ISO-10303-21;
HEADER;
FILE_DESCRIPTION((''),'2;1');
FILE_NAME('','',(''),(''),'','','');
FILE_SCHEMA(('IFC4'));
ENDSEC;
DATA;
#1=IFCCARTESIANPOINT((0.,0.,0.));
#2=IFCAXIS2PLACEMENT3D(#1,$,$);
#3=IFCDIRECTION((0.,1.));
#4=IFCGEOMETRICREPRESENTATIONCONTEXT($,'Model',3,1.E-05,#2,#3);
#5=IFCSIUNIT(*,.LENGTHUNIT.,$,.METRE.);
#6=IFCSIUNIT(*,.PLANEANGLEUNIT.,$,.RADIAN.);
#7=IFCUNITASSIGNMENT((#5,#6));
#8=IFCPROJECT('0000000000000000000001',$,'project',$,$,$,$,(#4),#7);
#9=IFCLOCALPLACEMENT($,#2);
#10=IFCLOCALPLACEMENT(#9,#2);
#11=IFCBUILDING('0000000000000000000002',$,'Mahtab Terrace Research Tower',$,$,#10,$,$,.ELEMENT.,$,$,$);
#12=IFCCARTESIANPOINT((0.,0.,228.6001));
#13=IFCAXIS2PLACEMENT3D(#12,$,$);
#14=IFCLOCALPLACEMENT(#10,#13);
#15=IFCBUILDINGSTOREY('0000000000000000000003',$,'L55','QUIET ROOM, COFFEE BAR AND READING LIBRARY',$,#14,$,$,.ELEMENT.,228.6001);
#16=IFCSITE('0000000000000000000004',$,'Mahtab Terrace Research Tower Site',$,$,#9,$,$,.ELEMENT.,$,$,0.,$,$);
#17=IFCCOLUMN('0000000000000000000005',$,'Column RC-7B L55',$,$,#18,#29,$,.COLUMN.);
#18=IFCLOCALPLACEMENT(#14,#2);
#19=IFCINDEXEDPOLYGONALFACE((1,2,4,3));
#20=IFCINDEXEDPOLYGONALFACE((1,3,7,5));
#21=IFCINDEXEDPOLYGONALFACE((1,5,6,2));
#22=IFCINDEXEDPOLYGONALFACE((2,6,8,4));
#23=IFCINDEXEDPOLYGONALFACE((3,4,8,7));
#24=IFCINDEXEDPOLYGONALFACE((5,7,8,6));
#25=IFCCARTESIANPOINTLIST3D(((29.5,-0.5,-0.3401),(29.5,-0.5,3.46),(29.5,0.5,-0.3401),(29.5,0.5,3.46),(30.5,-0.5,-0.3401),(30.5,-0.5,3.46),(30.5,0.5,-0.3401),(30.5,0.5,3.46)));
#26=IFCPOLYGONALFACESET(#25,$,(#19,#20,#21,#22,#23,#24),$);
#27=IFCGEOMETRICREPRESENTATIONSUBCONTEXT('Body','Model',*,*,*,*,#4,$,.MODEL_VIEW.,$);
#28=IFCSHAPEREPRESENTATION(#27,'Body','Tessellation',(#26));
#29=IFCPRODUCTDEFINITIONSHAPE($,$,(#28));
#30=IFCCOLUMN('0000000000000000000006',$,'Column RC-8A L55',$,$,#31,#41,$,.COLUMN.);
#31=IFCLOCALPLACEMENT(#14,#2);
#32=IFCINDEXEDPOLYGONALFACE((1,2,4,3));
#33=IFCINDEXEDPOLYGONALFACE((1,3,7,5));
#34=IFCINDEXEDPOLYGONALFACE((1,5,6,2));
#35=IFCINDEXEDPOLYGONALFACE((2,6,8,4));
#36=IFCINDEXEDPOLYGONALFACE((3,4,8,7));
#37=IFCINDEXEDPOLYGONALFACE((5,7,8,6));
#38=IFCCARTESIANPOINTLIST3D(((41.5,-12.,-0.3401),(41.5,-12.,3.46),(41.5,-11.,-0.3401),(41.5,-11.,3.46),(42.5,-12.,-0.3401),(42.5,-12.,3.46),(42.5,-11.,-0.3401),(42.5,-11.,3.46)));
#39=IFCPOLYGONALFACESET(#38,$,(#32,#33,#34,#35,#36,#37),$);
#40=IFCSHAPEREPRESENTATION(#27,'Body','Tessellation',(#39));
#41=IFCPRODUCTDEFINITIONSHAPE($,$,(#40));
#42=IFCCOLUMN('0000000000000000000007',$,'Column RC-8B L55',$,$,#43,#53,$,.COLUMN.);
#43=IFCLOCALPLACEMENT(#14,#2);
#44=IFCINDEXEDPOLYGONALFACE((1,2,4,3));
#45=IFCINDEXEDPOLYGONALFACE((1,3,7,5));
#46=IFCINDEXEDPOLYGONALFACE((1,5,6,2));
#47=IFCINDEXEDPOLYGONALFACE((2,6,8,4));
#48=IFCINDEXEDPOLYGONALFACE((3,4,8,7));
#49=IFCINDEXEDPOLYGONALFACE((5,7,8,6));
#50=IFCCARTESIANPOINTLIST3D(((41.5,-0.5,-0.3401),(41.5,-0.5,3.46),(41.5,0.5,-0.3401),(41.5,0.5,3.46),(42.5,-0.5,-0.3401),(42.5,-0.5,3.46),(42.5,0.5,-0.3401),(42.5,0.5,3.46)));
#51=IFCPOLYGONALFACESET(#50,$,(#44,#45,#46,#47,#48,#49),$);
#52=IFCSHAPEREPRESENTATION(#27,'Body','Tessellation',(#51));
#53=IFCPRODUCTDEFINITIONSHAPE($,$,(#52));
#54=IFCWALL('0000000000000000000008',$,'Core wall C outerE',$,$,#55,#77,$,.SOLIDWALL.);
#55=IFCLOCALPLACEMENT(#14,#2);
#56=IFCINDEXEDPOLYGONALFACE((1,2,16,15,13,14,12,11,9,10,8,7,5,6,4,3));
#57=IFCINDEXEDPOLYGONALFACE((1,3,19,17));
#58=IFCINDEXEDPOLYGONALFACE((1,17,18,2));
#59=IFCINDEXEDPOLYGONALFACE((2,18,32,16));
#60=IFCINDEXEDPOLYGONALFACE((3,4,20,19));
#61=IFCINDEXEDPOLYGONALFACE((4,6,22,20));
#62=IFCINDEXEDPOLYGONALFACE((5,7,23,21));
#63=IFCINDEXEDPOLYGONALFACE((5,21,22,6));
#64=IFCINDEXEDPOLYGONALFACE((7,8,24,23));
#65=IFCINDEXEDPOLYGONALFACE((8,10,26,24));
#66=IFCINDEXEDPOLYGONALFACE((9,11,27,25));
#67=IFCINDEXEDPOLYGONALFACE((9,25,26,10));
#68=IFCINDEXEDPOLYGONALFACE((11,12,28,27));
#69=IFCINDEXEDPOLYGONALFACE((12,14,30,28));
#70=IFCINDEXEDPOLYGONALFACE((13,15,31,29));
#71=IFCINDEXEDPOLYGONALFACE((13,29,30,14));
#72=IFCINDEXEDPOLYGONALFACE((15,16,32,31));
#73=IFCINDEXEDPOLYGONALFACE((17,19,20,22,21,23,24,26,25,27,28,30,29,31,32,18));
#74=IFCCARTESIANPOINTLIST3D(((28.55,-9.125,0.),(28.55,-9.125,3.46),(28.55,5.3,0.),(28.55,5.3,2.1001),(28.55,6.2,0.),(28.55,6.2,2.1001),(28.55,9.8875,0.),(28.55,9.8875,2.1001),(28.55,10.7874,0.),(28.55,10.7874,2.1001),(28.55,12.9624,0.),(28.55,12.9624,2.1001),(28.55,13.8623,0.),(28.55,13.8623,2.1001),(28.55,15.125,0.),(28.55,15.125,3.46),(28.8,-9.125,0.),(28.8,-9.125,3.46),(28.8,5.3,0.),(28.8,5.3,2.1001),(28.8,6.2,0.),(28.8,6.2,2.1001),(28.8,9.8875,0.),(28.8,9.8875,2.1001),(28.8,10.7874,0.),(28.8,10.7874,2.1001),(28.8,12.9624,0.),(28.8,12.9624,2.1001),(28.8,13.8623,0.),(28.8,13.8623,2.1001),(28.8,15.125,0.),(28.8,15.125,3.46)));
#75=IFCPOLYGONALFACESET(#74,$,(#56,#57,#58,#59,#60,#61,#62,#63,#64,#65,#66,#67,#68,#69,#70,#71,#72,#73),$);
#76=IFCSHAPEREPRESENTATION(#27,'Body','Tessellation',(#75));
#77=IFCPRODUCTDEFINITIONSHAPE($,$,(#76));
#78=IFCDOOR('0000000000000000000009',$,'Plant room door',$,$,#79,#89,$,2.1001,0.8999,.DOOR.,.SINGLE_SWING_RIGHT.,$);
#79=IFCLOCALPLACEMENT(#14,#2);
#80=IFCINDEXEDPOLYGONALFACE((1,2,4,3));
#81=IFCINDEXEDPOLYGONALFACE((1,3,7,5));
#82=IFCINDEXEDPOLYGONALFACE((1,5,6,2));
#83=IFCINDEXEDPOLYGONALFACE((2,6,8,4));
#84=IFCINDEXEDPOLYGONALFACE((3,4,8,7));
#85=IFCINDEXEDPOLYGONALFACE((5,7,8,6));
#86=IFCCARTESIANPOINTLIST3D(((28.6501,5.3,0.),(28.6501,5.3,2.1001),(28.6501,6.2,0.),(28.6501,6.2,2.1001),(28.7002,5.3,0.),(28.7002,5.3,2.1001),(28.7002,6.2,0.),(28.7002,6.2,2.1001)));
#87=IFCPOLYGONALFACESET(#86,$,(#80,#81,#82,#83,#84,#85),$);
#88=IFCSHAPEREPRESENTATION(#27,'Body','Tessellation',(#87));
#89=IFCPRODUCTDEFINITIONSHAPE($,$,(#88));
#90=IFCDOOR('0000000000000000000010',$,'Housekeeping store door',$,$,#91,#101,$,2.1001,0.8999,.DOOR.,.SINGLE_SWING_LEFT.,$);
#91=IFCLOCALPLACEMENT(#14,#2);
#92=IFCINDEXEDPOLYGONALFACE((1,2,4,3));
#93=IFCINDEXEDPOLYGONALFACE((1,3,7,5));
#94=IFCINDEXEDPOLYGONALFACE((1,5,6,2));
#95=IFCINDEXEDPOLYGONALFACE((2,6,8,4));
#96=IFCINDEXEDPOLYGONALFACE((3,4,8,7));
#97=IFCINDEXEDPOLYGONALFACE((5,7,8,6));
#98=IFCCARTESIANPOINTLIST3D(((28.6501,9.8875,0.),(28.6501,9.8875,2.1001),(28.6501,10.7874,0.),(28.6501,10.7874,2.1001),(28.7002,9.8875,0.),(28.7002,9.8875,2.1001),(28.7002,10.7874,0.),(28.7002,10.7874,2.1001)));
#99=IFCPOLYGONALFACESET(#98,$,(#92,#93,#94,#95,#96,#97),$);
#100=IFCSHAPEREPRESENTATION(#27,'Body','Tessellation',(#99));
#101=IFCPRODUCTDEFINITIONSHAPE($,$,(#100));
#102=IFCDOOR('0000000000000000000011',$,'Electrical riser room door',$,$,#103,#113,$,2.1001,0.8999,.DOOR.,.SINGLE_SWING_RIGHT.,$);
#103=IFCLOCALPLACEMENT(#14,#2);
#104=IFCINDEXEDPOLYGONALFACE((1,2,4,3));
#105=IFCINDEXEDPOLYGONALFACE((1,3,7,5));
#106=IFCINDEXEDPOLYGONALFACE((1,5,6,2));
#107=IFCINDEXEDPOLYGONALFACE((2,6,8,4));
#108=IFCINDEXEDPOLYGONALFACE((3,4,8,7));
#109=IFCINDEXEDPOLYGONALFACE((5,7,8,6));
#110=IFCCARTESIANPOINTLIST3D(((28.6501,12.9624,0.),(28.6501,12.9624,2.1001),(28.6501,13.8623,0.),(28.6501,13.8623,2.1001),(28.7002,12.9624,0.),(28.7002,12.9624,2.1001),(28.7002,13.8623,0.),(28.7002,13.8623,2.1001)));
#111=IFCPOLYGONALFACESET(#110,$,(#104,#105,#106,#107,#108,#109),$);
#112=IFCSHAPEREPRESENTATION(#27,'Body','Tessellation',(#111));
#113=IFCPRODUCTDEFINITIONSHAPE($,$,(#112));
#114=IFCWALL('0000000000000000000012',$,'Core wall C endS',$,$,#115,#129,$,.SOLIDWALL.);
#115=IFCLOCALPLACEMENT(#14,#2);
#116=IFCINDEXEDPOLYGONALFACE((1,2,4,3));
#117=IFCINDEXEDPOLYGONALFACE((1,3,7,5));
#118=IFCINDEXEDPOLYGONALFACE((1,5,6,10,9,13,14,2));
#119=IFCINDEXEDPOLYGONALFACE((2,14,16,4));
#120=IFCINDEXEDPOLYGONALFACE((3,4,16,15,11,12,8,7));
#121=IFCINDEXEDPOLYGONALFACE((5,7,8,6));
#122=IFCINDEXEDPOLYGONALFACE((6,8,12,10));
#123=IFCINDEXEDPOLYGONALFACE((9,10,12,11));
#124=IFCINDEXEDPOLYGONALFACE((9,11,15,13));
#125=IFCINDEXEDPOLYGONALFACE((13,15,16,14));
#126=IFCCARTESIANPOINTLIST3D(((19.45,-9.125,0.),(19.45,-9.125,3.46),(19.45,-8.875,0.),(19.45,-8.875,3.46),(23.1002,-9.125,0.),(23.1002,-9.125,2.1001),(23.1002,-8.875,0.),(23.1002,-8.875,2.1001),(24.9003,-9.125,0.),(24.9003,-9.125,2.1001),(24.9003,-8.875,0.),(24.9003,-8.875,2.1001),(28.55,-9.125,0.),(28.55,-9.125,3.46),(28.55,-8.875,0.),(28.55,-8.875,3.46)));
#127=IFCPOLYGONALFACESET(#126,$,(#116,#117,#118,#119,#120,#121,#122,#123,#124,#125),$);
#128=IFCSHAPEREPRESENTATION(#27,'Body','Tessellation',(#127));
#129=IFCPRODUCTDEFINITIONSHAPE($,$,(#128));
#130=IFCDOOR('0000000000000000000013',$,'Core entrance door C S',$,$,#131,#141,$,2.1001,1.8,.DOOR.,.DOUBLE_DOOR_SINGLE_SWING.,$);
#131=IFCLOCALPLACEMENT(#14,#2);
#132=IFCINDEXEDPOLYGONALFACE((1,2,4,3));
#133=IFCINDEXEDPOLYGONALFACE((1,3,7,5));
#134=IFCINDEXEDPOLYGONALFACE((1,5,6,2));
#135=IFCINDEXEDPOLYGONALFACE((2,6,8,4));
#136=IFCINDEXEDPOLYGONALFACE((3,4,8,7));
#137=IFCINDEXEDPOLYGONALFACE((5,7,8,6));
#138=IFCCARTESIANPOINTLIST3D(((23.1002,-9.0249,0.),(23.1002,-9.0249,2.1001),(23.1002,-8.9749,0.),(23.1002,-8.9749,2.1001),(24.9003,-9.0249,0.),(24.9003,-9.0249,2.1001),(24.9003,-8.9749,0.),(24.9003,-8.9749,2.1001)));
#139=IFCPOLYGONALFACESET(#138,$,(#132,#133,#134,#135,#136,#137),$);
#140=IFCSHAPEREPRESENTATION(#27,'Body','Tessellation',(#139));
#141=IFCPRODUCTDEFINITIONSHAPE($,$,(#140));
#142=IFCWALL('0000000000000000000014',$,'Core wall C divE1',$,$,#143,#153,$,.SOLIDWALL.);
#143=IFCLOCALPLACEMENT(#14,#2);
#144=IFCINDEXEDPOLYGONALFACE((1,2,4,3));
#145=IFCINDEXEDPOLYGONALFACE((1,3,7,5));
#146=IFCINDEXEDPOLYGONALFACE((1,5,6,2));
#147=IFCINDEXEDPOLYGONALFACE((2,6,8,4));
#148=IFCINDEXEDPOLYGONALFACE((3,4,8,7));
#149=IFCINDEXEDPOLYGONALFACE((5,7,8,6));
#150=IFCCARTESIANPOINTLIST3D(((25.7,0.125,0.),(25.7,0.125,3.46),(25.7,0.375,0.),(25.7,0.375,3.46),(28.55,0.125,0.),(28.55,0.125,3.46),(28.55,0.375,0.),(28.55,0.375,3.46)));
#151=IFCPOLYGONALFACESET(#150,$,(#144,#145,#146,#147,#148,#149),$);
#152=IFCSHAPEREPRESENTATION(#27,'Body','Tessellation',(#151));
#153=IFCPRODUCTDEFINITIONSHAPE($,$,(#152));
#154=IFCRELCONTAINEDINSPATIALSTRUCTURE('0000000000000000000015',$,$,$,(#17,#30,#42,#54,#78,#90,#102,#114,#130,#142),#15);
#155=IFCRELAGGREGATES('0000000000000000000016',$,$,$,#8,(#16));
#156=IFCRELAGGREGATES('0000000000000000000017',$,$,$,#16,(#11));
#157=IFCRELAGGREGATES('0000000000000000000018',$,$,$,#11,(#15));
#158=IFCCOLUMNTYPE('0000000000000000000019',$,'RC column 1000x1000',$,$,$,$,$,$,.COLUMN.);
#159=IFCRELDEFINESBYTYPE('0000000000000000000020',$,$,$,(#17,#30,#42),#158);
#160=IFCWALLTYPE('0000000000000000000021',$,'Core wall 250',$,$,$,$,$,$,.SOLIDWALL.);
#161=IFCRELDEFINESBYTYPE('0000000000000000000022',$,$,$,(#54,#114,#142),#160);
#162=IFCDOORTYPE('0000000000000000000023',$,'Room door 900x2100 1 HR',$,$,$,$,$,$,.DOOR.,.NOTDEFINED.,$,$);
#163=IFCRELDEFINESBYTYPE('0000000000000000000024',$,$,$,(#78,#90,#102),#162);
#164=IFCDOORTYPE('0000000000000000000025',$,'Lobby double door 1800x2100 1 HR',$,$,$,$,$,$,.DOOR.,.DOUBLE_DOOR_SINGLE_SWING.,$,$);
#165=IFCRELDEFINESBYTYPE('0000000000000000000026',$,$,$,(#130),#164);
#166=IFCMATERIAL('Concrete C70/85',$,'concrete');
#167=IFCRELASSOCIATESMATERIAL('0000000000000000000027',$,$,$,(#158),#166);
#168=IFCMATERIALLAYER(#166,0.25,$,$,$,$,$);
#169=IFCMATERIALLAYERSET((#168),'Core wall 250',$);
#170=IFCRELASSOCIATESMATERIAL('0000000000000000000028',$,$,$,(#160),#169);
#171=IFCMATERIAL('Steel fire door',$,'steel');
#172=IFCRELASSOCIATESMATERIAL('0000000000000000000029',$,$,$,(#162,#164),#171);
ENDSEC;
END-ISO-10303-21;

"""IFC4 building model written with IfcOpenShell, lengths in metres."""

from ifc_helpers import new_model, si_unit, direction, frame, frame_2d, origin, origin_2d, place, context, subcontext, project, spatial, rectangle, extrude, material, layer, layer_set, material_profile, profile_set, type_object, element, fill, save


model = new_model("IFC4")

# Units and contexts
model_context = context("Model", 3, precision=1e-05, world=origin(), true_north=direction((0.0, 1.0)))
body_context = subcontext(model_context, "Body", "Model", "MODEL_VIEW")
ifc_project = project(units=[si_unit("LENGTHUNIT", "METRE"), si_unit("PLANEANGLEUNIT", "RADIAN")], contexts=[model_context])

# Site, building, storey
site_placement = place(None, origin())
site = spatial("IfcSite", under=ifc_project, at=site_placement, Name="Mahtab Terrace Research Tower Site", CompositionType="ELEMENT", RefElevation=0.0)
building_placement = place(site_placement, origin())
building = spatial("IfcBuilding", under=site, at=building_placement, Name="Mahtab Terrace Research Tower", CompositionType="ELEMENT")
storey_placement = place(building_placement, frame((0.0, 0.0, 228.6001)))
storey = spatial("IfcBuildingStorey", under=building, at=storey_placement, Name="L55", Description="QUIET ROOM, COFFEE BAR AND READING LIBRARY", CompositionType="ELEMENT", Elevation=228.6001)

# Columns
ifc_material_1 = material(Name="Concrete C70/85", Category="concrete")
ifc_material_profile = material_profile(ifc_material_1, rectangle(XDim=1.0, YDim=1.0, at=origin_2d()), Name="RC column 1000x1000")
ifc_profile_set = profile_set([ifc_material_profile], Name="Concrete C70/85")
column_type = type_object("IfcColumnType", Name="RC column 1000x1000", PredefinedType="COLUMN", material=ifc_profile_set)
for number, where, z_axis, x_axis, name in (
    (1, (30.0, 0.0, -0.3401), (0.0, 0.0, 1.0), (1.0, 0.0, 0.0), "Column RC-7B L55"),
    (2, (42.0, -11.5, -0.3401), (0.0, 0.0, 1.0), (1.0, 0.0, 0.0), "Column RC-8A L55"),
    (3, (42.0, 0.0, -0.3401), (0.0, 0.0, 1.0), (1.0, 0.0, 0.0), "Column RC-8B L55"),
):
    element("IfcColumn", number, at=place(storey_placement, frame(where, z_axis=z_axis, x_axis=x_axis)), inside=storey, type_object=column_type, Name=name, PredefinedType="COLUMN", context=body_context, shape_type="SweptSolid", body=[
        extrude(rectangle(XDim=1.0, YDim=1.0, at=origin_2d()), origin(), (0.0, 0.0, 1.0), 3.8),
    ])

# Wall, openings, doors
ifc_layer_1 = layer(ifc_material_1, 0.25)
ifc_layer_set_1 = layer_set([ifc_layer_1], Name="Core wall 250")
wall_type_1 = type_object("IfcWallType", Name="Core wall 250", PredefinedType="SOLIDWALL", material=ifc_layer_set_1)
wall_1_placement = place(storey_placement, frame((28.675, -9.125, 0.0), z_axis=(0.0, 0.0, 1.0), x_axis=(0.0, 1.0, 0.0)))
wall_1 = element("IfcWall", 4, at=wall_1_placement, inside=storey, type_object=wall_type_1, Name="Core wall C outerE", PredefinedType="SOLIDWALL", context=body_context, shape_type="SweptSolid", body=[
    extrude(rectangle(XDim=24.25, YDim=0.25, at=frame_2d((12.125, 0.0))), origin(), (0.0, 0.0, 1.0), 3.46),
])
opening_1_placement = place(wall_1_placement, frame((14.425, 0.0, 0.0)))
opening_1 = element("IfcOpeningElement", 5, at=opening_1_placement, cuts=wall_1, PredefinedType="OPENING", context=body_context, shape_type="SweptSolid", body=[
    extrude(rectangle(XDim=0.8999, YDim=2.1001, at=frame_2d((0.45, 1.05))), frame((0.0, 0.135, 0.0), z_axis=(0.0, -1.0, 0.0), x_axis=(1.0, 0.0, 0.0)), (0.0, 0.0, 1.0), 0.27),
])
opening_2_placement = place(wall_1_placement, frame((19.0125, 0.0, 0.0)))
opening_2 = element("IfcOpeningElement", 6, at=opening_2_placement, cuts=wall_1, PredefinedType="OPENING", context=body_context, shape_type="SweptSolid", body=[
    extrude(rectangle(XDim=0.8999, YDim=2.1001, at=frame_2d((0.45, 1.05))), frame((0.0, 0.135, 0.0), z_axis=(0.0, -1.0, 0.0), x_axis=(1.0, 0.0, 0.0)), (0.0, 0.0, 1.0), 0.27),
])
opening_3_placement = place(wall_1_placement, frame((22.0874, 0.0, 0.0)))
opening_3 = element("IfcOpeningElement", 7, at=opening_3_placement, cuts=wall_1, PredefinedType="OPENING", context=body_context, shape_type="SweptSolid", body=[
    extrude(rectangle(XDim=0.8999, YDim=2.1001, at=frame_2d((0.45, 1.05))), frame((0.0, 0.135, 0.0), z_axis=(0.0, -1.0, 0.0), x_axis=(1.0, 0.0, 0.0)), (0.0, 0.0, 1.0), 0.27),
])
ifc_material_2 = material(Name="Steel fire door", Category="steel")
door_type_1 = type_object("IfcDoorType", Name="Room door 900x2100 1 HR", OperationType="NOTDEFINED", PredefinedType="DOOR", material=ifc_material_2)
door_1_placement = place(opening_1_placement, origin())
door_1 = element("IfcDoor", 8, at=door_1_placement, inside=storey, type_object=door_type_1, Name="Plant room door", OperationType="SINGLE_SWING_RIGHT", OverallHeight=2.1001, OverallWidth=0.8999, PredefinedType="DOOR", context=body_context, shape_type="SweptSolid", body=[
    extrude(rectangle(XDim=0.8999, YDim=2.1001, at=frame_2d((0.45, 1.05))), frame((0.0, 0.0249, 0.0), z_axis=(0.0, -1.0, 0.0), x_axis=(1.0, 0.0, 0.0)), (0.0, 0.0, 1.0), 0.05),
])
fill(opening_1, door_1)
door_2_placement = place(opening_2_placement, origin())
door_2 = element("IfcDoor", 9, at=door_2_placement, inside=storey, type_object=door_type_1, Name="Housekeeping store door", OperationType="SINGLE_SWING_LEFT", OverallHeight=2.1001, OverallWidth=0.8999, PredefinedType="DOOR", context=body_context, shape_type="SweptSolid", body=[
    extrude(rectangle(XDim=0.8999, YDim=2.1001, at=frame_2d((0.45, 1.05))), frame((0.0, 0.0249, 0.0), z_axis=(0.0, -1.0, 0.0), x_axis=(1.0, 0.0, 0.0)), (0.0, 0.0, 1.0), 0.05),
])
fill(opening_2, door_2)
door_3_placement = place(opening_3_placement, origin())
door_3 = element("IfcDoor", 10, at=door_3_placement, inside=storey, type_object=door_type_1, Name="Electrical riser room door", OperationType="SINGLE_SWING_RIGHT", OverallHeight=2.1001, OverallWidth=0.8999, PredefinedType="DOOR", context=body_context, shape_type="SweptSolid", body=[
    extrude(rectangle(XDim=0.8999, YDim=2.1001, at=frame_2d((0.45, 1.05))), frame((0.0, 0.0249, 0.0), z_axis=(0.0, -1.0, 0.0), x_axis=(1.0, 0.0, 0.0)), (0.0, 0.0, 1.0), 0.05),
])
fill(opening_3, door_3)

# Wall, opening, door
wall_2_placement = place(storey_placement, frame((28.55, -9.0, 0.0), z_axis=(0.0, 0.0, 1.0), x_axis=(-1.0, 0.0, 0.0)))
wall_2 = element("IfcWall", 11, at=wall_2_placement, inside=storey, type_object=wall_type_1, Name="Core wall C endS", PredefinedType="SOLIDWALL", context=body_context, shape_type="SweptSolid", body=[
    extrude(rectangle(XDim=9.1001, YDim=0.25, at=frame_2d((4.55, 0.0))), origin(), (0.0, 0.0, 1.0), 3.46),
])
opening_4_placement = place(wall_2_placement, frame((3.6499, 0.0, 0.0)))
opening_4 = element("IfcOpeningElement", 12, at=opening_4_placement, cuts=wall_2, PredefinedType="OPENING", context=body_context, shape_type="SweptSolid", body=[
    extrude(rectangle(XDim=1.8, YDim=2.1001, at=frame_2d((0.8999, 1.05))), frame((0.0, 0.135, 0.0), z_axis=(0.0, -1.0, 0.0), x_axis=(1.0, 0.0, 0.0)), (0.0, 0.0, 1.0), 0.27),
])
door_type_2 = type_object("IfcDoorType", Name="Lobby double door 1800x2100 1 HR", OperationType="DOUBLE_DOOR_SINGLE_SWING", PredefinedType="DOOR", material=ifc_material_2)
door_4_placement = place(opening_4_placement, origin())
door_4 = element("IfcDoor", 13, at=door_4_placement, inside=storey, type_object=door_type_2, Name="Core entrance door C S", OperationType="DOUBLE_DOOR_SINGLE_SWING", OverallHeight=2.1001, OverallWidth=1.8, PredefinedType="DOOR", context=body_context, shape_type="SweptSolid", body=[
    extrude(rectangle(XDim=1.8, YDim=2.1001, at=frame_2d((0.8999, 1.05))), frame((0.0, 0.0249, 0.0), z_axis=(0.0, -1.0, 0.0), x_axis=(1.0, 0.0, 0.0)), (0.0, 0.0, 1.0), 0.05),
])
fill(opening_4, door_4)

# Wall
wall_3_placement = place(storey_placement, frame((25.7, 0.25, 0.0), z_axis=(0.0, 0.0, 1.0), x_axis=(1.0, 0.0, 0.0)))
element("IfcWall", 14, at=wall_3_placement, inside=storey, type_object=wall_type_1, Name="Core wall C divE1", PredefinedType="SOLIDWALL", context=body_context, shape_type="SweptSolid", body=[
    extrude(rectangle(XDim=2.8501, YDim=0.25, at=frame_2d((1.425, 0.0))), origin(), (0.0, 0.0, 1.0), 3.46),
])

save(model, "model.ifc")
